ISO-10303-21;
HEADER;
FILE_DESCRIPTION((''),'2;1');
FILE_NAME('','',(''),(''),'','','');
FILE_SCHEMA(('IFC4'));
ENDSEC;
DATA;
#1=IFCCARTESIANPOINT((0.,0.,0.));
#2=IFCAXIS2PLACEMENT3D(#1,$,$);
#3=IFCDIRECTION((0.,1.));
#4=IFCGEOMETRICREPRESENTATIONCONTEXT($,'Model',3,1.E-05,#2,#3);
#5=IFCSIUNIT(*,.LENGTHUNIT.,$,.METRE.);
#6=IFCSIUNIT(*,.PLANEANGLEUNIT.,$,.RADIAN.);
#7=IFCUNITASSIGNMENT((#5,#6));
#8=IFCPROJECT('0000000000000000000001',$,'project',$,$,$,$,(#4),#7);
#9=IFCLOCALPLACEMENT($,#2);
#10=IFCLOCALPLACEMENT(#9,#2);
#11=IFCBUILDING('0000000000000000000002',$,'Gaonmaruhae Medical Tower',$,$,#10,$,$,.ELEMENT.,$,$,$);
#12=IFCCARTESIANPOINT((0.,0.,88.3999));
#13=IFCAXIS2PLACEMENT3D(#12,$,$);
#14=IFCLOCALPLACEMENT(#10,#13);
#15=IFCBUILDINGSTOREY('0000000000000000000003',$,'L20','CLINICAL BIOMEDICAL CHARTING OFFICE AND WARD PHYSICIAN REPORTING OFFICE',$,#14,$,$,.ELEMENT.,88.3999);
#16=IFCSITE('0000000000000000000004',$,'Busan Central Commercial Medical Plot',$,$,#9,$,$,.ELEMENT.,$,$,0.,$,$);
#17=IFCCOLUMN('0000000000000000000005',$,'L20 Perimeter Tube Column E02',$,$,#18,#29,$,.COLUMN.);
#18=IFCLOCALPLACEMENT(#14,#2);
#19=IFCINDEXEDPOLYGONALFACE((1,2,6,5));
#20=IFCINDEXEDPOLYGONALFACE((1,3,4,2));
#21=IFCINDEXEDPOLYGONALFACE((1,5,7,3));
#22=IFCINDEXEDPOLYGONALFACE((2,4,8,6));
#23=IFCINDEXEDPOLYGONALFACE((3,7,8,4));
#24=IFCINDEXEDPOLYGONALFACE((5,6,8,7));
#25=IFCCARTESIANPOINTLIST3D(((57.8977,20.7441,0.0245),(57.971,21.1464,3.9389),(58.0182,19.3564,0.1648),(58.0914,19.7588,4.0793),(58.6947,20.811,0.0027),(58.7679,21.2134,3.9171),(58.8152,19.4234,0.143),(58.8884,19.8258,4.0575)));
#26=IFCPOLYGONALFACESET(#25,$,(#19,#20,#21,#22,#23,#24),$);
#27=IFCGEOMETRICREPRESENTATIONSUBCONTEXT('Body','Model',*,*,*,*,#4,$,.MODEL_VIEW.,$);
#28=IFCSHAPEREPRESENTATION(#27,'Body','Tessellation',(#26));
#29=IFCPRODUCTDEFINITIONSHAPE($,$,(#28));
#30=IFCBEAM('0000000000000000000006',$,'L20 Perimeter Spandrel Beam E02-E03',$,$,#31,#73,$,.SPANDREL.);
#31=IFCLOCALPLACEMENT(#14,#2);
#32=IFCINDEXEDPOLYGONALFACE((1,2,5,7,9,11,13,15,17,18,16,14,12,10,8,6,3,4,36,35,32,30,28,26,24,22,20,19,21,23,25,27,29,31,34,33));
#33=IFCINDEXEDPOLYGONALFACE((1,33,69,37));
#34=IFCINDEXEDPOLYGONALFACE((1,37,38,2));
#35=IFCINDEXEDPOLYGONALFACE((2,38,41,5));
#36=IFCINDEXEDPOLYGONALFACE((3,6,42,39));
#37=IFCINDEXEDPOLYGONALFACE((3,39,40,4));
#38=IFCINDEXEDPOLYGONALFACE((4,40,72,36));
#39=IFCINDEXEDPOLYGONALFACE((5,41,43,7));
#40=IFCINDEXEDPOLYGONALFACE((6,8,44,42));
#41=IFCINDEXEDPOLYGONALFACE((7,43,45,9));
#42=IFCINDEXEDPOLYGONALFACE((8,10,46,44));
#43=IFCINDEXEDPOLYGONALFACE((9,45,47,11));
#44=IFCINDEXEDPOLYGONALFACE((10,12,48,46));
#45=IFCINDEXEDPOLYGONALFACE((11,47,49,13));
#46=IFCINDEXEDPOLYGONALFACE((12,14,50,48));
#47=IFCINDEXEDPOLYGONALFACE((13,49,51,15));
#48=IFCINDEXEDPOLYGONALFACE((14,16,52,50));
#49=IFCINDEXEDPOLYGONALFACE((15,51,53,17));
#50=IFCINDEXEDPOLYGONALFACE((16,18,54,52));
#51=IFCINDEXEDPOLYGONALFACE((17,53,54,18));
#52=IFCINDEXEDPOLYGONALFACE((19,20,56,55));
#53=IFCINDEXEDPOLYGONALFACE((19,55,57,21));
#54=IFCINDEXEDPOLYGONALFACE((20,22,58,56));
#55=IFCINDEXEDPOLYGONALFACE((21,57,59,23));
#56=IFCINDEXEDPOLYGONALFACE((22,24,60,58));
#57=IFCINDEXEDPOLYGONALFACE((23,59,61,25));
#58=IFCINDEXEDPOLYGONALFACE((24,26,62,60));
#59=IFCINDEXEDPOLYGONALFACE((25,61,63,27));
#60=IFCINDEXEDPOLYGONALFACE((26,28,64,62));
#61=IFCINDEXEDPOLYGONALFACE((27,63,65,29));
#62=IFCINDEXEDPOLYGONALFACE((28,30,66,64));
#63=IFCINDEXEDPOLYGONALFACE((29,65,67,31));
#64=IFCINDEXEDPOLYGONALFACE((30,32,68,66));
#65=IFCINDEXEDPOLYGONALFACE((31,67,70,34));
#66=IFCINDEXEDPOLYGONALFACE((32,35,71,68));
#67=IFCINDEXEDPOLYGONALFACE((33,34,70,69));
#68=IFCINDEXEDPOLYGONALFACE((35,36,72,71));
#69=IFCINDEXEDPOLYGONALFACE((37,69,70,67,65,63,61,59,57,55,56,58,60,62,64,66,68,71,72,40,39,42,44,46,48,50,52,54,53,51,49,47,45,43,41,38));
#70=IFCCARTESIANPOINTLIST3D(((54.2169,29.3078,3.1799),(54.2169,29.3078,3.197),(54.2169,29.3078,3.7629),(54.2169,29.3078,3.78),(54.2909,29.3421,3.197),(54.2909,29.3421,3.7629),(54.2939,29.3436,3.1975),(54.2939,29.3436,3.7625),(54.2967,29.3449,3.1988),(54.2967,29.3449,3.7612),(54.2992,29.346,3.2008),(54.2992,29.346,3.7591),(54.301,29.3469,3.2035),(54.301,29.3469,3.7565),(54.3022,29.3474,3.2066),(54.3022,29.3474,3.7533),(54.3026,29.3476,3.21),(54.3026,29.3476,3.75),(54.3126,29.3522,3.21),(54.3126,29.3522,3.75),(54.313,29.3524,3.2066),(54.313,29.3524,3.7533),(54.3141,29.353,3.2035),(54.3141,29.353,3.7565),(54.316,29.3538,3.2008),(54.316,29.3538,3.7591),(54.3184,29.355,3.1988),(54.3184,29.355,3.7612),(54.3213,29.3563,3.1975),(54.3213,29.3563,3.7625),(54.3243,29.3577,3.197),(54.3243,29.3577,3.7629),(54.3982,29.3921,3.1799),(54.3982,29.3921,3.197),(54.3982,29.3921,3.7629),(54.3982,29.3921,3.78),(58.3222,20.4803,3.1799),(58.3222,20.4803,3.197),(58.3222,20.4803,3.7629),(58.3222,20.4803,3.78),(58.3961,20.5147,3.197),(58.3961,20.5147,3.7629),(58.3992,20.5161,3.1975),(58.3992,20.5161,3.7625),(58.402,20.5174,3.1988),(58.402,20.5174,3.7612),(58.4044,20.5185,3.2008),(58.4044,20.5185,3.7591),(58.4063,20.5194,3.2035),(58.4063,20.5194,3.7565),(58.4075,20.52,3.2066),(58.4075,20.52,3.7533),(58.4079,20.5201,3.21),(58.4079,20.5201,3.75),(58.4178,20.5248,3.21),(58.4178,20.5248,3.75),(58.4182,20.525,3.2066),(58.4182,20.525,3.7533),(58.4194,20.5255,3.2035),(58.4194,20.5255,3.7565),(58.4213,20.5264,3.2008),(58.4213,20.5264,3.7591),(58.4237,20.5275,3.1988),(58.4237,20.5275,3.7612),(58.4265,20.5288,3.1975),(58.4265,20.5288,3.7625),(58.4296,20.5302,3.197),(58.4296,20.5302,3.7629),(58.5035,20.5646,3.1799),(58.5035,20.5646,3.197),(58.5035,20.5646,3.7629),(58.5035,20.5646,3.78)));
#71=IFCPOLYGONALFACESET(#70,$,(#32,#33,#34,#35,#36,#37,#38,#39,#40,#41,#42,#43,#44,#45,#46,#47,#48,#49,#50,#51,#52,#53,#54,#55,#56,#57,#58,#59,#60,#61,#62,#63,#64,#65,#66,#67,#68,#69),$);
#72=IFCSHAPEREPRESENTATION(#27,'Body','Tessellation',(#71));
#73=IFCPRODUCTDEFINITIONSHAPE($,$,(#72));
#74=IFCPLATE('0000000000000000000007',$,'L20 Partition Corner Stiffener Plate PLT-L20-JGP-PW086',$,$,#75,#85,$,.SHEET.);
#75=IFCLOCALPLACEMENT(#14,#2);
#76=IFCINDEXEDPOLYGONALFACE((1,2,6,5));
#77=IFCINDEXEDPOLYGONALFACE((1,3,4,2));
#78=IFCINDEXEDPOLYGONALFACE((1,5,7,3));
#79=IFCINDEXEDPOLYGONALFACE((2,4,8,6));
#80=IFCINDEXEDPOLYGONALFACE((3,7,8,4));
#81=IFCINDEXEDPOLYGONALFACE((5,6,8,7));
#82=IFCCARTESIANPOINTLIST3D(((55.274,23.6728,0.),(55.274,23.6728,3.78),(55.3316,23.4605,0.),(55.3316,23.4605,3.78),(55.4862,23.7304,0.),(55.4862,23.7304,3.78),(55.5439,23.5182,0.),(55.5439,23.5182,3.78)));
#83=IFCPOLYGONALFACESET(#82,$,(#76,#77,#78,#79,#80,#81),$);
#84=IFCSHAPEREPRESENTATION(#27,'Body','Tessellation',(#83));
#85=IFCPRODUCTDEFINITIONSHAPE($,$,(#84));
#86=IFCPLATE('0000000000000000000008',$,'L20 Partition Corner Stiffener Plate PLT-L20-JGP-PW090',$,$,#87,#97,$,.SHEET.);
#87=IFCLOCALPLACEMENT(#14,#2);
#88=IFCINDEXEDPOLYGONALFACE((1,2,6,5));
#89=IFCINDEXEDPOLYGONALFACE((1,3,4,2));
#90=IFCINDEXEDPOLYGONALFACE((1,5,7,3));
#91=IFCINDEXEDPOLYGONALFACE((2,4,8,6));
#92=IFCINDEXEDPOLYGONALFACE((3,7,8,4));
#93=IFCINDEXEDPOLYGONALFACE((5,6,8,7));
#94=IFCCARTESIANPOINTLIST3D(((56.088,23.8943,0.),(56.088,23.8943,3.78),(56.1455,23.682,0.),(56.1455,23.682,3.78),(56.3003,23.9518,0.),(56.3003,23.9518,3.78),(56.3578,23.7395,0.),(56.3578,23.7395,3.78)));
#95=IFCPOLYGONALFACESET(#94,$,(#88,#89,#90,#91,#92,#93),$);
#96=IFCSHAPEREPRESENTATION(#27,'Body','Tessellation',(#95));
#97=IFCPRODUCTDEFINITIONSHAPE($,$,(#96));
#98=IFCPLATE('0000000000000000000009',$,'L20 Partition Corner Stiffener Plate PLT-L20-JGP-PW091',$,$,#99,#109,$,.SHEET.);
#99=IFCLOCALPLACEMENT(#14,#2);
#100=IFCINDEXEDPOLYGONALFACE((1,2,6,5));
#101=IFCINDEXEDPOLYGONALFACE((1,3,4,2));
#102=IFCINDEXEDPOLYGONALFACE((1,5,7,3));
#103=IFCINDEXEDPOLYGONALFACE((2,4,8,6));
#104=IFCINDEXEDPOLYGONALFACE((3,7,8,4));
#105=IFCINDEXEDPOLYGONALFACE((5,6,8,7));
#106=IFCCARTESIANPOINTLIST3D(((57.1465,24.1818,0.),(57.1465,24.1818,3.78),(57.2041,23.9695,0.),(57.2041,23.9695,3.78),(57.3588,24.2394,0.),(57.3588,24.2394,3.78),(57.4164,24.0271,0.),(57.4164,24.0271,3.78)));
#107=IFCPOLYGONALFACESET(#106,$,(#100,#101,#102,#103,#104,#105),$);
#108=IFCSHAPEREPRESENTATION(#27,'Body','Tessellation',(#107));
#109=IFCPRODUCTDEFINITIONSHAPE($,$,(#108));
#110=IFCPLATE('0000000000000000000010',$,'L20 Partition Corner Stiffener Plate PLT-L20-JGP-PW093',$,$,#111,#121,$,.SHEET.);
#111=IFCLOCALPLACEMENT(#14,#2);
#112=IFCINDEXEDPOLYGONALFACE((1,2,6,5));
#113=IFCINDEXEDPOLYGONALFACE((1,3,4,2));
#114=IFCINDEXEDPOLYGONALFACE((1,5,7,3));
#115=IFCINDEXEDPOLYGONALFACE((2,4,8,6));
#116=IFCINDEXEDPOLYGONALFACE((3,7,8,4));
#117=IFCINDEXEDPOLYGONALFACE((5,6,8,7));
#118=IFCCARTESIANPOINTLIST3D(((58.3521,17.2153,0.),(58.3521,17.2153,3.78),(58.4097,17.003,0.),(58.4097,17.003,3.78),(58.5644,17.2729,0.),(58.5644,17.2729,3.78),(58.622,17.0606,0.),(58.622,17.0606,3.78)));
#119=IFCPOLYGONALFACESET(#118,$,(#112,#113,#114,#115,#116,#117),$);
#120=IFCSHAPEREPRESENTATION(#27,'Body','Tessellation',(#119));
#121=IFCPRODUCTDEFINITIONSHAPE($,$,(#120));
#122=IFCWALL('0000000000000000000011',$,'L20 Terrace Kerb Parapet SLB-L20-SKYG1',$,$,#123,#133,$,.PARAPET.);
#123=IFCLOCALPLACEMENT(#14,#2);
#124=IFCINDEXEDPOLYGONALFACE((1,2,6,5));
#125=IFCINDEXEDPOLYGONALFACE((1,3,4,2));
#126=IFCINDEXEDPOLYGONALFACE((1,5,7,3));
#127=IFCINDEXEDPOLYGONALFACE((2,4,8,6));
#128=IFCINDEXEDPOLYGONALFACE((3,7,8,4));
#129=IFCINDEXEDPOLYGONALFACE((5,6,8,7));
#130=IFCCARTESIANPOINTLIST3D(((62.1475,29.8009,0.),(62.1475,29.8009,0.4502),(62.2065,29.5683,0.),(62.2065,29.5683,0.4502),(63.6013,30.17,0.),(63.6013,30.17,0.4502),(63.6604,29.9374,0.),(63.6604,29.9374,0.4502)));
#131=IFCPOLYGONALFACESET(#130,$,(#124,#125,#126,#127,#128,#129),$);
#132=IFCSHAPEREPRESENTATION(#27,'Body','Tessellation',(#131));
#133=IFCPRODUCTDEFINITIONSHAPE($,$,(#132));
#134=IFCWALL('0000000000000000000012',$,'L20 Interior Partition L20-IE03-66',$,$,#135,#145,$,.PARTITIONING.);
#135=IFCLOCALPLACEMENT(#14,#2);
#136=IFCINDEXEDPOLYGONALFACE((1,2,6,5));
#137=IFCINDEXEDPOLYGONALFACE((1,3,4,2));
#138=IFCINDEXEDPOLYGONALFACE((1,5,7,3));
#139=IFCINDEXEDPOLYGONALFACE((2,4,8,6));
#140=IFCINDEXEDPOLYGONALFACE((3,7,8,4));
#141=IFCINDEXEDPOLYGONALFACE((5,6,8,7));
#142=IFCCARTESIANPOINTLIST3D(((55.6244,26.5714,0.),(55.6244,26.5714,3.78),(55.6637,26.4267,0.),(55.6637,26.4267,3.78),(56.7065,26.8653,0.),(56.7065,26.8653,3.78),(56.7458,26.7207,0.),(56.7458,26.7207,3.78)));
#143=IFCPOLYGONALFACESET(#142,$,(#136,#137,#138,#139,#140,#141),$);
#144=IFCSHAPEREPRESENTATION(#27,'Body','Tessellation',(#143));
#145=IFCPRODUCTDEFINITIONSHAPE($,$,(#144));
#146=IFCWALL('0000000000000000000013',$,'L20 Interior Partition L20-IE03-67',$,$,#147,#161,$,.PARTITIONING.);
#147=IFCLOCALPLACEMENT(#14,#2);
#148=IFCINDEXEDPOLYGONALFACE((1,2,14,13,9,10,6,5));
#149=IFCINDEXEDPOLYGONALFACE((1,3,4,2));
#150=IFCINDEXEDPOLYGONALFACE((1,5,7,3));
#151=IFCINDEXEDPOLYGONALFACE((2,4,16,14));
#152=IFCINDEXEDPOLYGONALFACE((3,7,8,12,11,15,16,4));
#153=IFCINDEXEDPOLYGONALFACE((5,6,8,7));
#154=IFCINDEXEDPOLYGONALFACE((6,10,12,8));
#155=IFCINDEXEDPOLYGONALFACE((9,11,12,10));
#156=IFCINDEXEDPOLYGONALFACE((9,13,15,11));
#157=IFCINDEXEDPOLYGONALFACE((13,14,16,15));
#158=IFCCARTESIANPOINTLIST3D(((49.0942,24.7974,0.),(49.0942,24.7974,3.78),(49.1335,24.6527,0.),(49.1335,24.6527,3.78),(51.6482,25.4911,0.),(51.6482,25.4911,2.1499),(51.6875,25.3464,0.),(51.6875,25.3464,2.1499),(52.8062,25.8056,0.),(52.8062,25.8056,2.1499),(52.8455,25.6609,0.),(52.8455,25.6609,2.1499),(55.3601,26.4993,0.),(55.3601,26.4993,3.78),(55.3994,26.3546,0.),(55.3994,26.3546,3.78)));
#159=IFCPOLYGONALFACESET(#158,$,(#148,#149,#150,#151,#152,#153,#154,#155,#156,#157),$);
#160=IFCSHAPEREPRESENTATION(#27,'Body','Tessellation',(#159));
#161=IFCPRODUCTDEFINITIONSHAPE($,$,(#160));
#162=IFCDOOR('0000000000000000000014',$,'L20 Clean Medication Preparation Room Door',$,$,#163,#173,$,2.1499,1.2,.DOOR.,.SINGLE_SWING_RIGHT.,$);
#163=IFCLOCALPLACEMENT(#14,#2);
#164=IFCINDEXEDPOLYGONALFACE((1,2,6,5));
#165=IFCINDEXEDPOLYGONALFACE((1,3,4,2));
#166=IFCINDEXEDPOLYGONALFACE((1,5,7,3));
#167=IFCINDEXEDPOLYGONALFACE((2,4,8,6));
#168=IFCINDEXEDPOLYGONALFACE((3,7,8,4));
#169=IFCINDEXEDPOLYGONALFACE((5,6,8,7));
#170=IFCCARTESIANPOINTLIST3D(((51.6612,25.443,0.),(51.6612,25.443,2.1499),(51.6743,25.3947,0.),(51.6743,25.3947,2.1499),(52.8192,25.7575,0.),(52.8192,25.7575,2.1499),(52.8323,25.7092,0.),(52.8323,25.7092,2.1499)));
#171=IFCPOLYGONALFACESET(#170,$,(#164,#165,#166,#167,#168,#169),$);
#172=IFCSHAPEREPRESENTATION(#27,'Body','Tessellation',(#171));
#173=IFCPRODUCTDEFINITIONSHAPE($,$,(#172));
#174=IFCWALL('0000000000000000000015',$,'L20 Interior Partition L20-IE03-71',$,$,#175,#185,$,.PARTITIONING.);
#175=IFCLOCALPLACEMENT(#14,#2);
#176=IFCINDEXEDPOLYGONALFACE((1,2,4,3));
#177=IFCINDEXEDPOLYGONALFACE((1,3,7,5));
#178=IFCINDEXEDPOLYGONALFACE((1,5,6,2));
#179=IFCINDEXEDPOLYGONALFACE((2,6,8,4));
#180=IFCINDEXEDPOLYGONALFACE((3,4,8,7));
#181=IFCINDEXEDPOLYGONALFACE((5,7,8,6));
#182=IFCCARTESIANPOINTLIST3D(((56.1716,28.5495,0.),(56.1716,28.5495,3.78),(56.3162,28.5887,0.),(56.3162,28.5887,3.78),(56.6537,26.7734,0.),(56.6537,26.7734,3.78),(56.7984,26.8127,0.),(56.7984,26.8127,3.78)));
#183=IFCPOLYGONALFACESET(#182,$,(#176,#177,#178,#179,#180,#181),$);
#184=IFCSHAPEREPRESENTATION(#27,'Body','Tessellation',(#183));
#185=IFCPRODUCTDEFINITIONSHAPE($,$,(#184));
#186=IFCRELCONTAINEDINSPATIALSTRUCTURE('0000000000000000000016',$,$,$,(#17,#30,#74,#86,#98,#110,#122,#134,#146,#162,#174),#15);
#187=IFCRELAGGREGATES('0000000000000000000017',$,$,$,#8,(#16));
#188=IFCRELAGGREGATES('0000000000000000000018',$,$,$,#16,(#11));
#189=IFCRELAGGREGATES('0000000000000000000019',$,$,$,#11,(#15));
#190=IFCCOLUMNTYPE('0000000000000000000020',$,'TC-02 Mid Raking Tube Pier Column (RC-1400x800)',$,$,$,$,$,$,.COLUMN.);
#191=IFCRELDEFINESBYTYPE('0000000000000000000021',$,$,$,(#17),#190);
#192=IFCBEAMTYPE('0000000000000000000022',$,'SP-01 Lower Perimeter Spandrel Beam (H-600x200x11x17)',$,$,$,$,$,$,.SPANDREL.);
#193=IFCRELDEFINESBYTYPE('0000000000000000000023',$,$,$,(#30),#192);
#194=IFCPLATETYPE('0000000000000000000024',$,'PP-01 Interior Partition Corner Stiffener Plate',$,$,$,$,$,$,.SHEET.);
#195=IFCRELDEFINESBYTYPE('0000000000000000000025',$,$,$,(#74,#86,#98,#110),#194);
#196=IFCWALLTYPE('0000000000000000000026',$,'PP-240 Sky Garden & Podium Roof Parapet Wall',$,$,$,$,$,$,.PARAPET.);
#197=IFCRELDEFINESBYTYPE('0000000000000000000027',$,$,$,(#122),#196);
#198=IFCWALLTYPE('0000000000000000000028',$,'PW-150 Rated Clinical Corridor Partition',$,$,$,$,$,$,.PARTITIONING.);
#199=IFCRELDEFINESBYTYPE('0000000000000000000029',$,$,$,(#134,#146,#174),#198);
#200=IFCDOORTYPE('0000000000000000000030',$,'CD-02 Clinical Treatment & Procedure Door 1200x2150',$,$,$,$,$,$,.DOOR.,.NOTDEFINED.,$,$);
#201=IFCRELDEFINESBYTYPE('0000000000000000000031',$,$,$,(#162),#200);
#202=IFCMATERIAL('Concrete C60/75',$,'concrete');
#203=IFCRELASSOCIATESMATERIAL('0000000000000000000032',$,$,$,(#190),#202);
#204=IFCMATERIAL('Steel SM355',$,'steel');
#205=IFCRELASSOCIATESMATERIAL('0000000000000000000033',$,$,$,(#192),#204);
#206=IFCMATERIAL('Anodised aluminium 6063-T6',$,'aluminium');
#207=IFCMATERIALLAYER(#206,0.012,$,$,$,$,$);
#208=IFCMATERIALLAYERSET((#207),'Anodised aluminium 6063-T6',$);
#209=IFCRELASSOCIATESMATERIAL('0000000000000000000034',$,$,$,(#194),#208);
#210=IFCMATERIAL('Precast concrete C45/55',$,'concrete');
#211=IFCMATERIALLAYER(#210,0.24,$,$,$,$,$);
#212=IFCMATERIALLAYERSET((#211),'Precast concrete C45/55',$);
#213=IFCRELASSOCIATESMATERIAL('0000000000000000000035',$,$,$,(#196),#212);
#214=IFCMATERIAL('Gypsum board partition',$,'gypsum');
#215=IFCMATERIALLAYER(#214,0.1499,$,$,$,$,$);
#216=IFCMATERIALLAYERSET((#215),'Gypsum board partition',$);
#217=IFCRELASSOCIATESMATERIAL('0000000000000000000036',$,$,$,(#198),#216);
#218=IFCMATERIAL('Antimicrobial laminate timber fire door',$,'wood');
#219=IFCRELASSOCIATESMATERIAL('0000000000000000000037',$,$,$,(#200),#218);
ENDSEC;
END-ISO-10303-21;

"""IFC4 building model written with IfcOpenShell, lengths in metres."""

from ifc_helpers import new_model, si_unit, direction, frame, frame_2d, origin, origin_2d, place, context, subcontext, project, spatial, rectangle, i_section, extrude, material, layer, layer_set, material_profile, profile_set, type_object, element, fill, save


model = new_model("IFC4")

# Units and contexts
model_context = context("Model", 3, precision=1e-05, world=origin(), true_north=direction((0.0, 1.0)))
body_context = subcontext(model_context, "Body", "Model", "MODEL_VIEW")
ifc_project = project(units=[si_unit("LENGTHUNIT", "METRE"), si_unit("PLANEANGLEUNIT", "RADIAN")], contexts=[model_context])

# Site, building, storey
site_placement = place(None, origin())
site = spatial("IfcSite", under=ifc_project, at=site_placement, Name="Busan Central Commercial Medical Plot", CompositionType="ELEMENT", RefElevation=0.0)
building_placement = place(site_placement, origin())
building = spatial("IfcBuilding", under=site, at=building_placement, Name="Gaonmaruhae Medical Tower", CompositionType="ELEMENT")
storey_placement = place(building_placement, frame((0.0, 0.0, 88.3999)))
storey = spatial("IfcBuildingStorey", under=building, at=storey_placement, Name="L20", Description="CLINICAL BIOMEDICAL CHARTING OFFICE AND WARD PHYSICIAN REPORTING OFFICE", CompositionType="ELEMENT", Elevation=88.3999)

# Column
ifc_material_1 = material(Name="Concrete C60/75", Category="concrete")
ifc_material_profile_1 = material_profile(ifc_material_1, rectangle(XDim=1.3999, YDim=0.8, at=origin_2d()), Name="RC-1400x800")
ifc_profile_set_1 = profile_set([ifc_material_profile_1], Name="Concrete C60/75")
column_type = type_object("IfcColumnType", Name="TC-02 Mid Raking Tube Pier Column (RC-1400x800)", PredefinedType="COLUMN", material=ifc_profile_set_1)
column_placement = place(storey_placement, frame((58.3564, 20.0837, 0.0837), z_axis=(0.018609, 0.102225, 0.994587), x_axis=(0.086055, -0.991232, 0.10027)))
element("IfcColumn", 1, at=column_placement, inside=storey, type_object=column_type, Name="L20 Perimeter Tube Column E02", PredefinedType="COLUMN", context=body_context, shape_type="SweptSolid", body=[
    extrude(rectangle(XDim=1.3999, YDim=0.8, at=origin_2d()), origin(), (0.0, 0.0, 1.0), 3.9358),
])

# Beam
ifc_material_2 = material(Name="Steel SM355", Category="steel")
ifc_material_profile_2 = material_profile(ifc_material_2, i_section(OverallWidth=0.2, OverallDepth=0.6001, WebThickness=0.011, FlangeThickness=0.0171, FilletRadius=0.0129, at=origin_2d()), Name="H-600x200x11x17")
ifc_profile_set_2 = profile_set([ifc_material_profile_2], Name="Steel SM355")
beam_type = type_object("IfcBeamType", Name="SP-01 Lower Perimeter Spandrel Beam (H-600x200x11x17)", PredefinedType="SPANDREL", material=ifc_profile_set_2)
beam_placement = place(storey_placement, frame((58.4128, 20.5225, 3.48), z_axis=(-0.421685, 0.906742, 0.0), x_axis=(-0.906742, -0.421685, 0.0)))
element("IfcBeam", 2, at=beam_placement, inside=storey, type_object=beam_type, Name="L20 Perimeter Spandrel Beam E02-E03", PredefinedType="SPANDREL", context=body_context, shape_type="SweptSolid", body=[
    extrude(i_section(OverallWidth=0.2, OverallDepth=0.6001, WebThickness=0.011, FlangeThickness=0.0171, FilletRadius=0.0129, at=origin_2d()), origin(), (0.0, 0.0, 1.0), 9.7354),
])

# Plates
ifc_material_3 = material(Name="Anodised aluminium 6063-T6", Category="aluminium")
ifc_layer_1 = layer(ifc_material_3, 0.012)
ifc_layer_set_1 = layer_set([ifc_layer_1], Name="Anodised aluminium 6063-T6")
plate_type = type_object("IfcPlateType", Name="PP-01 Interior Partition Corner Stiffener Plate", PredefinedType="SHEET", material=ifc_layer_set_1)
for number, where, z_axis, x_axis, name in (
    (3, (55.4089, 23.5955, 0.0), (0.0, 0.0, 1.0), (0.965021, 0.262172, 0.0), "L20 Partition Corner Stiffener Plate PLT-L20-JGP-PW086"),
    (4, (56.2229, 23.8169, 0.0), (0.0, 0.0, 1.0), (0.965154, 0.261684, 0.0), "L20 Partition Corner Stiffener Plate PLT-L20-JGP-PW090"),
    (5, (57.2815, 24.1045, 0.0), (0.0, 0.0, 1.0), (0.965113, 0.261835, 0.0), "L20 Partition Corner Stiffener Plate PLT-L20-JGP-PW091"),
    (6, (58.4871, 17.1379, 0.0), (0.0, 0.0, 1.0), (-0.965081, -0.261953, 0.0), "L20 Partition Corner Stiffener Plate PLT-L20-JGP-PW093"),
):
    element("IfcPlate", number, at=place(storey_placement, frame(where, z_axis=z_axis, x_axis=x_axis)), inside=storey, type_object=plate_type, Name=name, PredefinedType="SHEET", context=body_context, shape_type="SweptSolid", body=[
        extrude(rectangle(XDim=0.22, YDim=0.22, at=origin_2d()), origin(), (0.0, 0.0, 1.0), 3.78),
    ])

# Shared definitions
ifc_material_4 = material(Name="Precast concrete C45/55", Category="concrete")

# Walls
ifc_layer_2 = layer(ifc_material_4, 0.24)
ifc_layer_set_2 = layer_set([ifc_layer_2], Name="Precast concrete C45/55")
wall_type_1 = type_object("IfcWallType", Name="PP-240 Sky Garden & Podium Roof Parapet Wall", PredefinedType="PARAPET", material=ifc_layer_set_2)
wall_1_placement = place(storey_placement, frame((62.177, 29.6846, 0.0), z_axis=(0.0, 0.0, 1.0), x_axis=(0.969246, 0.246096, 0.0)))
element("IfcWall", 7, at=wall_1_placement, inside=storey, type_object=wall_type_1, Name="L20 Terrace Kerb Parapet SLB-L20-SKYG1", PredefinedType="PARAPET", context=body_context, shape_type="SweptSolid", body=[
    extrude(rectangle(XDim=1.5, YDim=0.24, at=frame_2d((0.75, 0.0))), origin(), (0.0, 0.0, 1.0), 0.4502),
])
ifc_material_5 = material(Name="Gypsum board partition", Category="gypsum")
ifc_layer_3 = layer(ifc_material_5, 0.1499)
ifc_layer_set_3 = layer_set([ifc_layer_3], Name="Gypsum board partition")
wall_type_2 = type_object("IfcWallType", Name="PW-150 Rated Clinical Corridor Partition", PredefinedType="PARTITIONING", material=ifc_layer_set_3)
wall_2_placement = place(storey_placement, frame((56.7261, 26.793, 0.0), z_axis=(0.0, 0.0, 1.0), x_axis=(-0.965025, -0.262159, 0.0)))
element("IfcWall", 8, at=wall_2_placement, inside=storey, type_object=wall_type_2, Name="L20 Interior Partition L20-IE03-66", PredefinedType="PARTITIONING", context=body_context, shape_type="SweptSolid", body=[
    extrude(rectangle(XDim=1.1213, YDim=0.1499, at=frame_2d((0.5605, 0.0))), origin(), (0.0, 0.0, 1.0), 3.78),
])

# Wall, opening, door
wall_3_placement = place(storey_placement, frame((55.3799, 26.427, 0.0), z_axis=(0.0, 0.0, 1.0), x_axis=(-0.965036, -0.262118, 0.0)))
wall_3 = element("IfcWall", 9, at=wall_3_placement, inside=storey, type_object=wall_type_2, Name="L20 Interior Partition L20-IE03-67", PredefinedType="PARTITIONING", context=body_context, shape_type="SweptSolid", body=[
    extrude(rectangle(XDim=6.4929, YDim=0.1499, at=frame_2d((3.2466, 0.0))), origin(), (0.0, 0.0, 1.0), 3.78),
])
opening_1_placement = place(wall_3_placement, frame((2.6465, 0.0, 0.0)))
opening_1 = element("IfcOpeningElement", 10, at=opening_1_placement, cuts=wall_3, PredefinedType="OPENING", context=body_context, shape_type="SweptSolid", body=[
    extrude(rectangle(XDim=1.2, YDim=2.1499, at=frame_2d((0.6001, 1.075))), frame((0.0, 0.085, 0.0), z_axis=(0.0, -1.0, 0.0), x_axis=(1.0, 0.0, 0.0)), (0.0, 0.0, 1.0), 0.1699),
])
ifc_material_6 = material(Name="Antimicrobial laminate timber fire door", Category="wood")
door_type_1 = type_object("IfcDoorType", Name="CD-02 Clinical Treatment & Procedure Door 1200x2150", OperationType="NOTDEFINED", PredefinedType="DOOR", material=ifc_material_6)
door_1_placement = place(opening_1_placement, origin())
door_1 = element("IfcDoor", 11, at=door_1_placement, inside=storey, type_object=door_type_1, Name="L20 Clean Medication Preparation Room Door", OperationType="SINGLE_SWING_RIGHT", OverallHeight=2.1499, OverallWidth=1.2, PredefinedType="DOOR", context=body_context, shape_type="SweptSolid", body=[
    extrude(rectangle(XDim=1.2, YDim=2.1499, at=frame_2d((0.6001, 1.075))), frame((0.0, 0.0249, 0.0), z_axis=(0.0, -1.0, 0.0), x_axis=(1.0, 0.0, 0.0)), (0.0, 0.0, 1.0), 0.05),
])
fill(opening_1, door_1)

# Wall
wall_4_placement = place(storey_placement, frame((56.2439, 28.5691, 0.0), z_axis=(0.0, 0.0, 1.0), x_axis=(0.261995, -0.965069, 0.0)))
element("IfcWall", 12, at=wall_4_placement, inside=storey, type_object=wall_type_2, Name="L20 Interior Partition L20-IE03-71", PredefinedType="PARTITIONING", context=body_context, shape_type="SweptSolid", body=[
    extrude(rectangle(XDim=1.8403, YDim=0.1499, at=frame_2d((0.9202, 0.0))), origin(), (0.0, 0.0, 1.0), 3.78),
])

save(model, "model.ifc")
